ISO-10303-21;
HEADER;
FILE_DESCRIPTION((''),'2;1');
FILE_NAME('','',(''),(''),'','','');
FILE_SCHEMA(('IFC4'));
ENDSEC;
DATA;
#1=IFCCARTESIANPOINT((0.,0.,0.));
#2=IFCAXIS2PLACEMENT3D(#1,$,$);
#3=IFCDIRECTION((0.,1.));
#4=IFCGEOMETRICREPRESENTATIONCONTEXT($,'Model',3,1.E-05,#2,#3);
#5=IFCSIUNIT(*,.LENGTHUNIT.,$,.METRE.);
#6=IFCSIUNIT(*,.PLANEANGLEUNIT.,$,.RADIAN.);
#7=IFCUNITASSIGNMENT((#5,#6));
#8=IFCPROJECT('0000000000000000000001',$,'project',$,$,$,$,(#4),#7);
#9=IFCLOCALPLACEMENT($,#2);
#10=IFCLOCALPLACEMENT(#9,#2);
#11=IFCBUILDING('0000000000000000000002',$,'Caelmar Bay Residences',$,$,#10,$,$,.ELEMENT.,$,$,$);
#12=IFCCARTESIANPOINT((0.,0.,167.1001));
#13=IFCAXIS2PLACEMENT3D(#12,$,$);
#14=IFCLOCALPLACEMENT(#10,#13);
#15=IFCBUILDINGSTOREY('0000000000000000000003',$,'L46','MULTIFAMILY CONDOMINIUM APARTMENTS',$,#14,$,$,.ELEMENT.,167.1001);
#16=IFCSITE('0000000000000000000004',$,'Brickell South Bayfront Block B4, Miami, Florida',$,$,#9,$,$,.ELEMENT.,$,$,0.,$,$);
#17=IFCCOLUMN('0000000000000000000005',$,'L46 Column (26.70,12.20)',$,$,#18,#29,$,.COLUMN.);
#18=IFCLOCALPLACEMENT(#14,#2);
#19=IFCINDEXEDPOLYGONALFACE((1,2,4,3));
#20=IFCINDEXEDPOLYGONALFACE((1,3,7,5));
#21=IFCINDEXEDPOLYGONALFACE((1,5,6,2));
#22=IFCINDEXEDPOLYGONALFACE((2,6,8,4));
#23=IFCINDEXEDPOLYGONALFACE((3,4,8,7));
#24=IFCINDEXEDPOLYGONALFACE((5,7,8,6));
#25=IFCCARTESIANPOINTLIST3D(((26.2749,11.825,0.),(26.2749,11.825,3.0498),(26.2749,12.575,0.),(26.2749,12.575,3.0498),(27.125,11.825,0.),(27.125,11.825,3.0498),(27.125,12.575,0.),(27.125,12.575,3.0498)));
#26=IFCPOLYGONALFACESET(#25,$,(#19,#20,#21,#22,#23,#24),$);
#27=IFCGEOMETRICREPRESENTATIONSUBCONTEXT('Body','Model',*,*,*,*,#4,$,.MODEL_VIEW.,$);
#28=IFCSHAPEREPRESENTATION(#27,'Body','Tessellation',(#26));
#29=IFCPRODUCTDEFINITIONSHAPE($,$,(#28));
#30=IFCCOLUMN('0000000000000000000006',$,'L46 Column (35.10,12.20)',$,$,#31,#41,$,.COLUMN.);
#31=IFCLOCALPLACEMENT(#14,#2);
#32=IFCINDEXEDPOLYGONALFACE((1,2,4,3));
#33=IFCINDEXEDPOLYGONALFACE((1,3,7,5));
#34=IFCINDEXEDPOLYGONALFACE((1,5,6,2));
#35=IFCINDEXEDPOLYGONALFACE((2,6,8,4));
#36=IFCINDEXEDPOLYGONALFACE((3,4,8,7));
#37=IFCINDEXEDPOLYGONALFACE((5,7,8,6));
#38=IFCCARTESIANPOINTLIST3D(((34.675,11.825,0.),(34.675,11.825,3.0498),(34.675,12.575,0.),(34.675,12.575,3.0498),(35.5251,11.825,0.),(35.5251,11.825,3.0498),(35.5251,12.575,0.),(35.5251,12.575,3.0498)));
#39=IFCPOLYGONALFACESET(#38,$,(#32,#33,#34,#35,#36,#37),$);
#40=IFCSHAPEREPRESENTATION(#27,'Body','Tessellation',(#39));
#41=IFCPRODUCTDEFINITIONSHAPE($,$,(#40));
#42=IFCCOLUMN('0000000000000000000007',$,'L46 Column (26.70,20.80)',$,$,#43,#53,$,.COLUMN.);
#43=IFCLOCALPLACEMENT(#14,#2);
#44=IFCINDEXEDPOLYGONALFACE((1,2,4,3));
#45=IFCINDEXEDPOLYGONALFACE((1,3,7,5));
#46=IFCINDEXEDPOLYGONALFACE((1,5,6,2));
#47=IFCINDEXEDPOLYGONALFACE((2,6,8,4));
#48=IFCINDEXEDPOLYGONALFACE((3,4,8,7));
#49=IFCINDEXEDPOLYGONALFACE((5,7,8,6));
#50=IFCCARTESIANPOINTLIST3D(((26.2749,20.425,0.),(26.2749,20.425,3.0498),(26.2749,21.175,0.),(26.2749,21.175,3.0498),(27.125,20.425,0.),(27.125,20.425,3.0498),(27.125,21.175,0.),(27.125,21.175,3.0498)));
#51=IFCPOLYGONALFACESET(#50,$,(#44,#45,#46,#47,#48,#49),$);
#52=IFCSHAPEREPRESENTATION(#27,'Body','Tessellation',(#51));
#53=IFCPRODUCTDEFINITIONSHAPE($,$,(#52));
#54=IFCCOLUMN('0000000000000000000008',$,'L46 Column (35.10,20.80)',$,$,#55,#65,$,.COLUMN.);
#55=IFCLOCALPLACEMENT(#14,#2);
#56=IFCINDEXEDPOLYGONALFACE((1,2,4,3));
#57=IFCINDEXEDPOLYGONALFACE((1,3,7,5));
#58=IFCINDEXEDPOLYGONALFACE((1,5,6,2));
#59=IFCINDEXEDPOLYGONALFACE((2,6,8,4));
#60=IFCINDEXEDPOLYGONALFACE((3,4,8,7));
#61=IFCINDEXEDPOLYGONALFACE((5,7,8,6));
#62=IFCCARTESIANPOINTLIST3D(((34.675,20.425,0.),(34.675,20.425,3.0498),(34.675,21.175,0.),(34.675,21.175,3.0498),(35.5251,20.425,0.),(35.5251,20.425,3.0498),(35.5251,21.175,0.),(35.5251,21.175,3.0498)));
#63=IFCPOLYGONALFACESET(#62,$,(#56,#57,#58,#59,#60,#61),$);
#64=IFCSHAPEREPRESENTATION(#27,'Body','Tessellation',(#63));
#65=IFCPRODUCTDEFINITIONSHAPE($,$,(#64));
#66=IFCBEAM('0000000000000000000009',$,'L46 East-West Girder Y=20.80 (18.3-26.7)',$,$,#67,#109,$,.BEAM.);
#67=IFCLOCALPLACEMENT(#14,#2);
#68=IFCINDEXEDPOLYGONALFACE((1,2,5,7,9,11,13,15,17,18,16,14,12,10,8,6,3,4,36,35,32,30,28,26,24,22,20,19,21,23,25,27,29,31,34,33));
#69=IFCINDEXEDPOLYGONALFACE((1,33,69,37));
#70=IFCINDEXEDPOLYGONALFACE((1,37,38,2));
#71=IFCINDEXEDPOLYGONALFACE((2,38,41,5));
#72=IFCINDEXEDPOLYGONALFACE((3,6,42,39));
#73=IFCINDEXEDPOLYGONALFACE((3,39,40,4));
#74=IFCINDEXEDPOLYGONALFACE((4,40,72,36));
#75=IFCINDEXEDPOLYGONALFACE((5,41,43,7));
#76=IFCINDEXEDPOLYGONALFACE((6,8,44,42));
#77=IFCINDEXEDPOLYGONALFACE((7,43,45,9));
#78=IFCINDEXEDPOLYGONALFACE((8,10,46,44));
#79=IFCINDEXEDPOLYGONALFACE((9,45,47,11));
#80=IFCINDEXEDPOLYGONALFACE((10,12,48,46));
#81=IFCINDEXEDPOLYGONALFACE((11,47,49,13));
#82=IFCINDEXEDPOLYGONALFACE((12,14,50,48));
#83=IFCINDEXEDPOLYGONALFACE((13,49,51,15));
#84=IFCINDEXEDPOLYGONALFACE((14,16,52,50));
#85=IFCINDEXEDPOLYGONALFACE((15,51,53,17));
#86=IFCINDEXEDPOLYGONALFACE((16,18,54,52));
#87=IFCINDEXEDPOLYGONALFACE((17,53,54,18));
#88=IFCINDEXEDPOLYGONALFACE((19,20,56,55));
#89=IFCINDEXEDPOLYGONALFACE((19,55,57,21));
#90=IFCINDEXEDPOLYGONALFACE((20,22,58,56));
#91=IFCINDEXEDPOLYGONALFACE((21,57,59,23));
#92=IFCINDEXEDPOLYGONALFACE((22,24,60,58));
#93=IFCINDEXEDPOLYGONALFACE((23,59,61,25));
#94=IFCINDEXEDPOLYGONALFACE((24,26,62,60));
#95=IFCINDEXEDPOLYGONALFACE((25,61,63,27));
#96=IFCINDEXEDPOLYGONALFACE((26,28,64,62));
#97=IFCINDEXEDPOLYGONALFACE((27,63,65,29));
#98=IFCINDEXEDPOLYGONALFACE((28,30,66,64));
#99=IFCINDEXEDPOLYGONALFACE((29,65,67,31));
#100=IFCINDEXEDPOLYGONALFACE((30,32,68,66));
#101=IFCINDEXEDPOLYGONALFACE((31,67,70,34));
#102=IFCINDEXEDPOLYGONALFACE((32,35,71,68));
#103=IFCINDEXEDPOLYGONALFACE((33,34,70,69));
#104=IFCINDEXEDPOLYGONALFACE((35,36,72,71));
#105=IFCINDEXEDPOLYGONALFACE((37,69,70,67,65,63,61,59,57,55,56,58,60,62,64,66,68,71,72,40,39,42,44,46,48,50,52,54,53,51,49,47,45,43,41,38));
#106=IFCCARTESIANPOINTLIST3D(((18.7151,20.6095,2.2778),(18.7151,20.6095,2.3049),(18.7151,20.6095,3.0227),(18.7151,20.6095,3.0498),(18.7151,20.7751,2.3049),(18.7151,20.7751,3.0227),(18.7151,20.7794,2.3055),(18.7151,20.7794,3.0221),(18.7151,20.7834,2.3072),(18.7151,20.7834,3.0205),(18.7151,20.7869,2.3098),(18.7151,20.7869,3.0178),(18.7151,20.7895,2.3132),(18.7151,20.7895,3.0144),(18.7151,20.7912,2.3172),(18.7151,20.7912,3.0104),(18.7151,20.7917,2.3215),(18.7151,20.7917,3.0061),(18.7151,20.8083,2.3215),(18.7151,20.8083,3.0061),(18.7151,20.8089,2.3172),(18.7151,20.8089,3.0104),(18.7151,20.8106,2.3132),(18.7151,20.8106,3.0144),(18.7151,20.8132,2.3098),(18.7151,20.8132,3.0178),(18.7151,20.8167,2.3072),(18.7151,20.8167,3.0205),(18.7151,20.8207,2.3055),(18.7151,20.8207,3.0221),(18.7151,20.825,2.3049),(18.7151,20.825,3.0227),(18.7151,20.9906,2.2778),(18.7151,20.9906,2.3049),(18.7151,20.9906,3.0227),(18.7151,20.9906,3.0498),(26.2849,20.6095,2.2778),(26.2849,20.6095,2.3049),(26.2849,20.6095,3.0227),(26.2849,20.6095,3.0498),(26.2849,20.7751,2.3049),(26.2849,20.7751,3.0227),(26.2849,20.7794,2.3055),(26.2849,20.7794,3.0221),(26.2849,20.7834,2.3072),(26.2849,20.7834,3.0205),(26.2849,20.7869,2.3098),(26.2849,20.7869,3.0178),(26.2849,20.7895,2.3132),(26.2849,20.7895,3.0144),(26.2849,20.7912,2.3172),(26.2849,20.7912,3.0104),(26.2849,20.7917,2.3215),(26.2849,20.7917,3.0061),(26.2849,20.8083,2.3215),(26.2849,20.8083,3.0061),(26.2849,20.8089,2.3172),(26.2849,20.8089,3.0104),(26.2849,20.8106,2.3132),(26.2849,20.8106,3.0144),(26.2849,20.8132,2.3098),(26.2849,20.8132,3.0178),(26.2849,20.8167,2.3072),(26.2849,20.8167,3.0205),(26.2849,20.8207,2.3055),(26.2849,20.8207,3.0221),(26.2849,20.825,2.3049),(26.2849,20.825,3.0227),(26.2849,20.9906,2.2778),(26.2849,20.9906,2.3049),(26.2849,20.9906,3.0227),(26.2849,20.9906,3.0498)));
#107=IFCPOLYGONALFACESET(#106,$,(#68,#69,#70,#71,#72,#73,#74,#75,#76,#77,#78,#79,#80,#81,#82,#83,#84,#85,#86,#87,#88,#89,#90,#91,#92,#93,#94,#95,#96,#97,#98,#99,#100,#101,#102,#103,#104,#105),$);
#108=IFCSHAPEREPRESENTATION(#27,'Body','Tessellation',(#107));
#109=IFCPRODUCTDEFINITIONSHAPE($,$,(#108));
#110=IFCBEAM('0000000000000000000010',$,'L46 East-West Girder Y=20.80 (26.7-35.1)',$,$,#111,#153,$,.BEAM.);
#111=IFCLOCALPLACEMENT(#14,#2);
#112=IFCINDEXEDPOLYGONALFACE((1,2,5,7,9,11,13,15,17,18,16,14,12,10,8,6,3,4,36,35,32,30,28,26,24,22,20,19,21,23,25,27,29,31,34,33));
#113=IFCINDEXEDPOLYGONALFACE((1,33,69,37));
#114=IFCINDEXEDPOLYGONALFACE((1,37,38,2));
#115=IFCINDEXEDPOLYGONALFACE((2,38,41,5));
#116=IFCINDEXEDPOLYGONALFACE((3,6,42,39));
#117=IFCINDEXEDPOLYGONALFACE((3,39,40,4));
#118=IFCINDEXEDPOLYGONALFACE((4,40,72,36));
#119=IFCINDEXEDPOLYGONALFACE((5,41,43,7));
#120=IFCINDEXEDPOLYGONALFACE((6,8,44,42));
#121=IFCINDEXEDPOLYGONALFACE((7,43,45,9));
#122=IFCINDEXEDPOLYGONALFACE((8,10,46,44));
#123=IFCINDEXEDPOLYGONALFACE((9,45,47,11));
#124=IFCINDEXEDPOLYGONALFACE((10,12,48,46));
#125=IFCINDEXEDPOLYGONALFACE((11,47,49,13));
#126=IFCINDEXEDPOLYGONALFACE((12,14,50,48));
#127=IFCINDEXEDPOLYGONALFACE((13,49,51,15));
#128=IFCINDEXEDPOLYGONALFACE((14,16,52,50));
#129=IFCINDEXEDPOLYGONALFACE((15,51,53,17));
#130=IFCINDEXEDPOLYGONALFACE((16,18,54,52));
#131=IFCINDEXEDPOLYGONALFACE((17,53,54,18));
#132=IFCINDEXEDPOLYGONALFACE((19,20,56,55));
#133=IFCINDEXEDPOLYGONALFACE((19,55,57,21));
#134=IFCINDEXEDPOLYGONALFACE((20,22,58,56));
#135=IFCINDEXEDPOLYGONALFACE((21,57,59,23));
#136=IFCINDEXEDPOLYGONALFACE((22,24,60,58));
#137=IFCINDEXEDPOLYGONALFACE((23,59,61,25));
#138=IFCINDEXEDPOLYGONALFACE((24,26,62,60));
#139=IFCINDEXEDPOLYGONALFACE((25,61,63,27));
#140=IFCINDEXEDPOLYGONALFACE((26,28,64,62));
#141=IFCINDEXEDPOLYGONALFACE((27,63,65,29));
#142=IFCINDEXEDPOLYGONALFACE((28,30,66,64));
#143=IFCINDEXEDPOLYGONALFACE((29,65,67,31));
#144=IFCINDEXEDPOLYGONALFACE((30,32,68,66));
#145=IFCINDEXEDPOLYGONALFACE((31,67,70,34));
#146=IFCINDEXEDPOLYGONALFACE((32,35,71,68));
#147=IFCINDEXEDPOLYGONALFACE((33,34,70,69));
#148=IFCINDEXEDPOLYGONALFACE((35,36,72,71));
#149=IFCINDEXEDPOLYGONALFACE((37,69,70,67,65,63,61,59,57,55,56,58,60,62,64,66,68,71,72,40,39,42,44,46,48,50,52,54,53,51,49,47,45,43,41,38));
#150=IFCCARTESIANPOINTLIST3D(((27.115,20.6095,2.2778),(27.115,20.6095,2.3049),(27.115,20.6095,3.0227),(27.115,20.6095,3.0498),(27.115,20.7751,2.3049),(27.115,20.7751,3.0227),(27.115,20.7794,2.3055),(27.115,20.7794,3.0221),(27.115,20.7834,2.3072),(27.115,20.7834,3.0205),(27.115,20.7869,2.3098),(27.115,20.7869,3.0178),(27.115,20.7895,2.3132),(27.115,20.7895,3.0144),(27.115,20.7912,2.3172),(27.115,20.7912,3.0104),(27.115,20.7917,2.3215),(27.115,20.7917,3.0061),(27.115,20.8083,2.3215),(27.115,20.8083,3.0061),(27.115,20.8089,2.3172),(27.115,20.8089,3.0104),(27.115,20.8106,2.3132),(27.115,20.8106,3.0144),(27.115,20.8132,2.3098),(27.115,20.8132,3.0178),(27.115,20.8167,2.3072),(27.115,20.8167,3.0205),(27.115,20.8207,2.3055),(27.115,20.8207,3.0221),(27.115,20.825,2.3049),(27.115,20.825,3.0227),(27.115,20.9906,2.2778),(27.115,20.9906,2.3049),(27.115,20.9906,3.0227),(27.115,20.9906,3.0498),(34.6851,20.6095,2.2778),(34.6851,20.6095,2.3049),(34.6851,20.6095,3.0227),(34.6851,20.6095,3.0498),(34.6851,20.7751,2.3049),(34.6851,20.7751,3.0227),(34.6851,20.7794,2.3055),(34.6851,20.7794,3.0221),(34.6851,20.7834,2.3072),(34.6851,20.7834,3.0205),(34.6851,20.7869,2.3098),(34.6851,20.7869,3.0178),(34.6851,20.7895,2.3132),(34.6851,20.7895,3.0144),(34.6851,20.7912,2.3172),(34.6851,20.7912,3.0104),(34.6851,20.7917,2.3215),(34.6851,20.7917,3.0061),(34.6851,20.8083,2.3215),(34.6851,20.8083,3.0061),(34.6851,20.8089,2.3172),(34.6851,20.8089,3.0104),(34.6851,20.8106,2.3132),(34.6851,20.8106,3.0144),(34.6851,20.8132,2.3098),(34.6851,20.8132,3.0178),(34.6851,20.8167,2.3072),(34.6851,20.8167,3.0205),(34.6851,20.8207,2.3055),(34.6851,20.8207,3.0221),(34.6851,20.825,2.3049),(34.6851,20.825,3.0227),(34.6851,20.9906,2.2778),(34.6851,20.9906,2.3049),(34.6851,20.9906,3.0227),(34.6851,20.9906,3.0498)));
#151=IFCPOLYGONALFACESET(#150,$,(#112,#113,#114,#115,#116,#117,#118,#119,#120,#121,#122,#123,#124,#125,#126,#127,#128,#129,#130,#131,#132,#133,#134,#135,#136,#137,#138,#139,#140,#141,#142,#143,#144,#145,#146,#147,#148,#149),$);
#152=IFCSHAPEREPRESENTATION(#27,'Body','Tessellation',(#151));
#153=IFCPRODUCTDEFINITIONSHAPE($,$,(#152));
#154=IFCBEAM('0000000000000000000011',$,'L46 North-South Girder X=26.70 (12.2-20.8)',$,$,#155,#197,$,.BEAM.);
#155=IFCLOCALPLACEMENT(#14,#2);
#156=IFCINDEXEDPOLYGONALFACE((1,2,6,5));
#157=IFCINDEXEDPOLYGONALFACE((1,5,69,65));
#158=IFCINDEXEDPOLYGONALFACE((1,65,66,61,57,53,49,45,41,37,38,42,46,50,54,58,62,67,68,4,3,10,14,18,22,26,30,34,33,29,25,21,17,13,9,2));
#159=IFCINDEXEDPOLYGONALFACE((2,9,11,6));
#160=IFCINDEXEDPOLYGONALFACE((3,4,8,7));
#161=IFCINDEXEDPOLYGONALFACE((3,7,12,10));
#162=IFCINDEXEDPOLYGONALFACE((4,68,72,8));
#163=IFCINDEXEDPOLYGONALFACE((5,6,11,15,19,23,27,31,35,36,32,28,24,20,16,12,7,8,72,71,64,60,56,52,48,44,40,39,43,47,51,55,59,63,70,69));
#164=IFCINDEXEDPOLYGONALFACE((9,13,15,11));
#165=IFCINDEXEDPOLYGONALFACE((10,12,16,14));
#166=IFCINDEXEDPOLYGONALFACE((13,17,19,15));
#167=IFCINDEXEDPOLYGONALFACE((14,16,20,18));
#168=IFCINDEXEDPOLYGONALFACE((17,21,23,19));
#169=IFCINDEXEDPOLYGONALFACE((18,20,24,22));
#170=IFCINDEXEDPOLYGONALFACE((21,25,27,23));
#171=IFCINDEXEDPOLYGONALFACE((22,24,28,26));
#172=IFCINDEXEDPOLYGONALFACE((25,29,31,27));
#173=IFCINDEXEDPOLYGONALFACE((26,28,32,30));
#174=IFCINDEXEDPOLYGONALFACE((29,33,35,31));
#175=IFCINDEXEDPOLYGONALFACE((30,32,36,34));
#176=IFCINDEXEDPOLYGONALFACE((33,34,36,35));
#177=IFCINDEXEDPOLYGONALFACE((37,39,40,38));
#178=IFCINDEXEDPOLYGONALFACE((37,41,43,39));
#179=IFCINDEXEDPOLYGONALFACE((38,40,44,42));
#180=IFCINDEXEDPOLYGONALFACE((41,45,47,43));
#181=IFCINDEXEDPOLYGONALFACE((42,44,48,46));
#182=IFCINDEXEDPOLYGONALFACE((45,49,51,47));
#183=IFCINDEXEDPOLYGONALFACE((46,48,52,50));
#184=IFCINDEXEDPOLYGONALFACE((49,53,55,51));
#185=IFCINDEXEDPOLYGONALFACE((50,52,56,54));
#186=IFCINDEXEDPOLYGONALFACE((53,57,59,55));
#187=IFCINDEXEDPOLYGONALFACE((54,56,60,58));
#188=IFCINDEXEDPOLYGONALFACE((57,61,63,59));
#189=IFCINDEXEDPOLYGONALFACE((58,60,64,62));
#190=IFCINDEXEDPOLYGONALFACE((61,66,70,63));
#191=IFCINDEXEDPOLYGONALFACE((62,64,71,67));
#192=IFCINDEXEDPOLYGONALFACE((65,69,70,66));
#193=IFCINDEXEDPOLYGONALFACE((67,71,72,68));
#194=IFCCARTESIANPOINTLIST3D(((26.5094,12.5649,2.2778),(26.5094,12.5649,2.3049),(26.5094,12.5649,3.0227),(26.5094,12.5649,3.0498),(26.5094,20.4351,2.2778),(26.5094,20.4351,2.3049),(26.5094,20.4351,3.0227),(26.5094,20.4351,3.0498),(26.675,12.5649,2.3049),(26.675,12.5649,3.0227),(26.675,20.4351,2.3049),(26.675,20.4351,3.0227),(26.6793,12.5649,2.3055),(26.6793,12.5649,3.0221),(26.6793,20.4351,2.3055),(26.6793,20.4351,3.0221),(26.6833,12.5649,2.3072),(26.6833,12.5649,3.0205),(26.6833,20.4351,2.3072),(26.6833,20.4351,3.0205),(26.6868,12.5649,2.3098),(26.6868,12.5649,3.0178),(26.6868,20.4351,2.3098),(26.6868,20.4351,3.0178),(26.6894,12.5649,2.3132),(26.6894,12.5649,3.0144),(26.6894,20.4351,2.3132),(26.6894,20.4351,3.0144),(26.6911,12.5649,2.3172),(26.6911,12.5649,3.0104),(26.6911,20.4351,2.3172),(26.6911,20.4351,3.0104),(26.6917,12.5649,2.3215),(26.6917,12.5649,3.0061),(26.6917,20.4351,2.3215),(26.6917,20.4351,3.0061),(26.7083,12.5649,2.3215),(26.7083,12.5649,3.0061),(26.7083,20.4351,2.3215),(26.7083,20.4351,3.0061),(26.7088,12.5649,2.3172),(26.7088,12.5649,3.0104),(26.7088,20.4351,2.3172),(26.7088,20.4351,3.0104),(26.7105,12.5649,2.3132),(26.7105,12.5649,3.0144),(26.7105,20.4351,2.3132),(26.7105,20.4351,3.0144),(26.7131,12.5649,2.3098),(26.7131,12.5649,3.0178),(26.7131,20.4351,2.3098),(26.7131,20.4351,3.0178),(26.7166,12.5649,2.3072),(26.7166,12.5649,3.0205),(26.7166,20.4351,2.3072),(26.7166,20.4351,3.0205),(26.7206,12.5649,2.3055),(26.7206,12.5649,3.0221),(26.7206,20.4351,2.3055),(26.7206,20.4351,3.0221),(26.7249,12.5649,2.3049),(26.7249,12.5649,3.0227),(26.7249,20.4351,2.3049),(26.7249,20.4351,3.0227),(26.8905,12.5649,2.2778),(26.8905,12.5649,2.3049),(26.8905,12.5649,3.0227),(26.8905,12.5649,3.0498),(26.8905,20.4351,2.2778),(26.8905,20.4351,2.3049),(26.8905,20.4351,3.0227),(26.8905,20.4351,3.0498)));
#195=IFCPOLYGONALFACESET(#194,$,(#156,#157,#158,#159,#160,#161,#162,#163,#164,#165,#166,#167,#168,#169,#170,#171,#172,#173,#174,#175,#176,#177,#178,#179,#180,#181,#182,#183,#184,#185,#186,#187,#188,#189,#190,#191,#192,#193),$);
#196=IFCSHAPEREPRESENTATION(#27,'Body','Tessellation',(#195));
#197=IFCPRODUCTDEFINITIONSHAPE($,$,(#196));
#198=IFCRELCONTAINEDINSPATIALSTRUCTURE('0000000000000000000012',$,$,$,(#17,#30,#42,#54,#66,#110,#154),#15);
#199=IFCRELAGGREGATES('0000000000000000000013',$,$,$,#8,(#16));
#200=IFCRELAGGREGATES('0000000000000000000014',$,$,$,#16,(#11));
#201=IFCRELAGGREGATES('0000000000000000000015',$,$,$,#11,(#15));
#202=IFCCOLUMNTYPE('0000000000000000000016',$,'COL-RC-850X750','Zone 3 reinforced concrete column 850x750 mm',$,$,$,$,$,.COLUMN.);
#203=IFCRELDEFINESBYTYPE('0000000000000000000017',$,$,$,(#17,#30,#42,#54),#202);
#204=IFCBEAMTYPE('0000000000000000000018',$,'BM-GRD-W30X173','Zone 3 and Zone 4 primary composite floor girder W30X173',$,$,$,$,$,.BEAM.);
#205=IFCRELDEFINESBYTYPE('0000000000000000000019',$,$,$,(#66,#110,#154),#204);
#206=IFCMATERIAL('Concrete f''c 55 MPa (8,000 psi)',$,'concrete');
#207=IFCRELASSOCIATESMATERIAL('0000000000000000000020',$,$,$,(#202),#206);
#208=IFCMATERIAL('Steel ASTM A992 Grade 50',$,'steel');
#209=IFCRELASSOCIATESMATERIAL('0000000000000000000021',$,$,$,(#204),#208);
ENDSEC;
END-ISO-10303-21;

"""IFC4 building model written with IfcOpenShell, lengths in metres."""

from ifc_helpers import new_model, si_unit, direction, frame, origin, origin_2d, place, context, subcontext, project, spatial, rectangle, i_section, extrude, material, material_profile, profile_set, type_object, element, save


model = new_model("IFC4")

# Units and contexts
model_context = context("Model", 3, precision=1e-05, world=origin(), true_north=direction((0.0, 1.0)))
body_context = subcontext(model_context, "Body", "Model", "MODEL_VIEW")
ifc_project = project(units=[si_unit("LENGTHUNIT", "METRE"), si_unit("PLANEANGLEUNIT", "RADIAN")], contexts=[model_context])

# Site, building, storey
site_placement = place(None, origin())
site = spatial("IfcSite", under=ifc_project, at=site_placement, Name="Brickell South Bayfront Block B4, Miami, Florida", CompositionType="ELEMENT", RefElevation=0.0)
building_placement = place(site_placement, origin())
building = spatial("IfcBuilding", under=site, at=building_placement, Name="Caelmar Bay Residences", CompositionType="ELEMENT")
storey_placement = place(building_placement, frame((0.0, 0.0, 167.1001)))
storey = spatial("IfcBuildingStorey", under=building, at=storey_placement, Name="L46", Description="MULTIFAMILY CONDOMINIUM APARTMENTS", CompositionType="ELEMENT", Elevation=167.1001)

# Columns
ifc_material_1 = material(Name="Concrete f'c 55 MPa (8,000 psi)", Category="concrete")
ifc_material_profile_1 = material_profile(ifc_material_1, rectangle(XDim=0.8501, YDim=0.75, at=origin_2d()), Name="RC-COL-850X750")
ifc_profile_set_1 = profile_set([ifc_material_profile_1], Name="Concrete f'c 55 MPa (8,000 psi)")
column_type = type_object("IfcColumnType", Name="COL-RC-850X750", Description="Zone 3 reinforced concrete column 850x750 mm", PredefinedType="COLUMN", material=ifc_profile_set_1)
for number, where, z_axis, x_axis, name in (
    (1, (26.7, 12.2, 0.0), (0.0, 0.0, 1.0), (1.0, 0.0, 0.0), "L46 Column (26.70,12.20)"),
    (2, (35.1001, 12.2, 0.0), (0.0, 0.0, 1.0), (1.0, 0.0, 0.0), "L46 Column (35.10,12.20)"),
    (3, (26.7, 20.8, 0.0), (0.0, 0.0, 1.0), (1.0, 0.0, 0.0), "L46 Column (26.70,20.80)"),
    (4, (35.1001, 20.8, 0.0), (0.0, 0.0, 1.0), (1.0, 0.0, 0.0), "L46 Column (35.10,20.80)"),
):
    element("IfcColumn", number, at=place(storey_placement, frame(where, z_axis=z_axis, x_axis=x_axis)), inside=storey, type_object=column_type, Name=name, PredefinedType="COLUMN", context=body_context, shape_type="SweptSolid", body=[
        extrude(rectangle(XDim=0.8501, YDim=0.75, at=origin_2d()), origin(), (0.0, 0.0, 1.0), 3.0498),
    ])

# Beams
ifc_material_2 = material(Name="Steel ASTM A992 Grade 50", Category="steel")
ifc_material_profile_2 = material_profile(ifc_material_2, i_section(OverallWidth=0.3811, OverallDepth=0.772, WebThickness=0.0166, FlangeThickness=0.0271, FilletRadius=0.0166, at=origin_2d()), Name="W30X173")
ifc_profile_set_2 = profile_set([ifc_material_profile_2], Name="Steel ASTM A992 Grade 50")
beam_type_1 = type_object("IfcBeamType", Name="BM-GRD-W30X173", Description="Zone 3 and Zone 4 primary composite floor girder W30X173", PredefinedType="BEAM", material=ifc_profile_set_2)
beam_1_placement = place(storey_placement, frame((18.7151, 20.8, 2.6638), z_axis=(1.0, 0.0, 0.0), x_axis=(0.0, 1.0, 0.0)))
element("IfcBeam", 5, at=beam_1_placement, inside=storey, type_object=beam_type_1, Name="L46 East-West Girder Y=20.80 (18.3-26.7)", PredefinedType="BEAM", context=body_context, shape_type="SweptSolid", body=[
    extrude(i_section(OverallWidth=0.3811, OverallDepth=0.772, WebThickness=0.0166, FlangeThickness=0.0271, FilletRadius=0.0166, at=origin_2d()), origin(), (0.0, 0.0, 1.0), 7.5698),
])
beam_2_placement = place(storey_placement, frame((27.115, 20.8, 2.6638), z_axis=(1.0, 0.0, 0.0), x_axis=(0.0, 1.0, 0.0)))
element("IfcBeam", 6, at=beam_2_placement, inside=storey, type_object=beam_type_1, Name="L46 East-West Girder Y=20.80 (26.7-35.1)", PredefinedType="BEAM", context=body_context, shape_type="SweptSolid", body=[
    extrude(i_section(OverallWidth=0.3811, OverallDepth=0.772, WebThickness=0.0166, FlangeThickness=0.0271, FilletRadius=0.0166, at=origin_2d()), origin(), (0.0, 0.0, 1.0), 7.5701),
])
for number, where, z_axis, x_axis, name in (
    (7, (26.7, 12.5649, 2.6638), (0.0, 1.0, 0.0), (-1.0, 0.0, 0.0), "L46 North-South Girder X=26.70 (12.2-20.8)"),
):
    element("IfcBeam", number, at=place(storey_placement, frame(where, z_axis=z_axis, x_axis=x_axis)), inside=storey, type_object=beam_type_1, Name=name, PredefinedType="BEAM", context=body_context, shape_type="SweptSolid", body=[
        extrude(i_section(OverallWidth=0.3811, OverallDepth=0.772, WebThickness=0.0166, FlangeThickness=0.0271, FilletRadius=0.0166, at=origin_2d()), origin(), (0.0, 0.0, 1.0), 7.8701),
    ])

save(model, "model.ifc")
